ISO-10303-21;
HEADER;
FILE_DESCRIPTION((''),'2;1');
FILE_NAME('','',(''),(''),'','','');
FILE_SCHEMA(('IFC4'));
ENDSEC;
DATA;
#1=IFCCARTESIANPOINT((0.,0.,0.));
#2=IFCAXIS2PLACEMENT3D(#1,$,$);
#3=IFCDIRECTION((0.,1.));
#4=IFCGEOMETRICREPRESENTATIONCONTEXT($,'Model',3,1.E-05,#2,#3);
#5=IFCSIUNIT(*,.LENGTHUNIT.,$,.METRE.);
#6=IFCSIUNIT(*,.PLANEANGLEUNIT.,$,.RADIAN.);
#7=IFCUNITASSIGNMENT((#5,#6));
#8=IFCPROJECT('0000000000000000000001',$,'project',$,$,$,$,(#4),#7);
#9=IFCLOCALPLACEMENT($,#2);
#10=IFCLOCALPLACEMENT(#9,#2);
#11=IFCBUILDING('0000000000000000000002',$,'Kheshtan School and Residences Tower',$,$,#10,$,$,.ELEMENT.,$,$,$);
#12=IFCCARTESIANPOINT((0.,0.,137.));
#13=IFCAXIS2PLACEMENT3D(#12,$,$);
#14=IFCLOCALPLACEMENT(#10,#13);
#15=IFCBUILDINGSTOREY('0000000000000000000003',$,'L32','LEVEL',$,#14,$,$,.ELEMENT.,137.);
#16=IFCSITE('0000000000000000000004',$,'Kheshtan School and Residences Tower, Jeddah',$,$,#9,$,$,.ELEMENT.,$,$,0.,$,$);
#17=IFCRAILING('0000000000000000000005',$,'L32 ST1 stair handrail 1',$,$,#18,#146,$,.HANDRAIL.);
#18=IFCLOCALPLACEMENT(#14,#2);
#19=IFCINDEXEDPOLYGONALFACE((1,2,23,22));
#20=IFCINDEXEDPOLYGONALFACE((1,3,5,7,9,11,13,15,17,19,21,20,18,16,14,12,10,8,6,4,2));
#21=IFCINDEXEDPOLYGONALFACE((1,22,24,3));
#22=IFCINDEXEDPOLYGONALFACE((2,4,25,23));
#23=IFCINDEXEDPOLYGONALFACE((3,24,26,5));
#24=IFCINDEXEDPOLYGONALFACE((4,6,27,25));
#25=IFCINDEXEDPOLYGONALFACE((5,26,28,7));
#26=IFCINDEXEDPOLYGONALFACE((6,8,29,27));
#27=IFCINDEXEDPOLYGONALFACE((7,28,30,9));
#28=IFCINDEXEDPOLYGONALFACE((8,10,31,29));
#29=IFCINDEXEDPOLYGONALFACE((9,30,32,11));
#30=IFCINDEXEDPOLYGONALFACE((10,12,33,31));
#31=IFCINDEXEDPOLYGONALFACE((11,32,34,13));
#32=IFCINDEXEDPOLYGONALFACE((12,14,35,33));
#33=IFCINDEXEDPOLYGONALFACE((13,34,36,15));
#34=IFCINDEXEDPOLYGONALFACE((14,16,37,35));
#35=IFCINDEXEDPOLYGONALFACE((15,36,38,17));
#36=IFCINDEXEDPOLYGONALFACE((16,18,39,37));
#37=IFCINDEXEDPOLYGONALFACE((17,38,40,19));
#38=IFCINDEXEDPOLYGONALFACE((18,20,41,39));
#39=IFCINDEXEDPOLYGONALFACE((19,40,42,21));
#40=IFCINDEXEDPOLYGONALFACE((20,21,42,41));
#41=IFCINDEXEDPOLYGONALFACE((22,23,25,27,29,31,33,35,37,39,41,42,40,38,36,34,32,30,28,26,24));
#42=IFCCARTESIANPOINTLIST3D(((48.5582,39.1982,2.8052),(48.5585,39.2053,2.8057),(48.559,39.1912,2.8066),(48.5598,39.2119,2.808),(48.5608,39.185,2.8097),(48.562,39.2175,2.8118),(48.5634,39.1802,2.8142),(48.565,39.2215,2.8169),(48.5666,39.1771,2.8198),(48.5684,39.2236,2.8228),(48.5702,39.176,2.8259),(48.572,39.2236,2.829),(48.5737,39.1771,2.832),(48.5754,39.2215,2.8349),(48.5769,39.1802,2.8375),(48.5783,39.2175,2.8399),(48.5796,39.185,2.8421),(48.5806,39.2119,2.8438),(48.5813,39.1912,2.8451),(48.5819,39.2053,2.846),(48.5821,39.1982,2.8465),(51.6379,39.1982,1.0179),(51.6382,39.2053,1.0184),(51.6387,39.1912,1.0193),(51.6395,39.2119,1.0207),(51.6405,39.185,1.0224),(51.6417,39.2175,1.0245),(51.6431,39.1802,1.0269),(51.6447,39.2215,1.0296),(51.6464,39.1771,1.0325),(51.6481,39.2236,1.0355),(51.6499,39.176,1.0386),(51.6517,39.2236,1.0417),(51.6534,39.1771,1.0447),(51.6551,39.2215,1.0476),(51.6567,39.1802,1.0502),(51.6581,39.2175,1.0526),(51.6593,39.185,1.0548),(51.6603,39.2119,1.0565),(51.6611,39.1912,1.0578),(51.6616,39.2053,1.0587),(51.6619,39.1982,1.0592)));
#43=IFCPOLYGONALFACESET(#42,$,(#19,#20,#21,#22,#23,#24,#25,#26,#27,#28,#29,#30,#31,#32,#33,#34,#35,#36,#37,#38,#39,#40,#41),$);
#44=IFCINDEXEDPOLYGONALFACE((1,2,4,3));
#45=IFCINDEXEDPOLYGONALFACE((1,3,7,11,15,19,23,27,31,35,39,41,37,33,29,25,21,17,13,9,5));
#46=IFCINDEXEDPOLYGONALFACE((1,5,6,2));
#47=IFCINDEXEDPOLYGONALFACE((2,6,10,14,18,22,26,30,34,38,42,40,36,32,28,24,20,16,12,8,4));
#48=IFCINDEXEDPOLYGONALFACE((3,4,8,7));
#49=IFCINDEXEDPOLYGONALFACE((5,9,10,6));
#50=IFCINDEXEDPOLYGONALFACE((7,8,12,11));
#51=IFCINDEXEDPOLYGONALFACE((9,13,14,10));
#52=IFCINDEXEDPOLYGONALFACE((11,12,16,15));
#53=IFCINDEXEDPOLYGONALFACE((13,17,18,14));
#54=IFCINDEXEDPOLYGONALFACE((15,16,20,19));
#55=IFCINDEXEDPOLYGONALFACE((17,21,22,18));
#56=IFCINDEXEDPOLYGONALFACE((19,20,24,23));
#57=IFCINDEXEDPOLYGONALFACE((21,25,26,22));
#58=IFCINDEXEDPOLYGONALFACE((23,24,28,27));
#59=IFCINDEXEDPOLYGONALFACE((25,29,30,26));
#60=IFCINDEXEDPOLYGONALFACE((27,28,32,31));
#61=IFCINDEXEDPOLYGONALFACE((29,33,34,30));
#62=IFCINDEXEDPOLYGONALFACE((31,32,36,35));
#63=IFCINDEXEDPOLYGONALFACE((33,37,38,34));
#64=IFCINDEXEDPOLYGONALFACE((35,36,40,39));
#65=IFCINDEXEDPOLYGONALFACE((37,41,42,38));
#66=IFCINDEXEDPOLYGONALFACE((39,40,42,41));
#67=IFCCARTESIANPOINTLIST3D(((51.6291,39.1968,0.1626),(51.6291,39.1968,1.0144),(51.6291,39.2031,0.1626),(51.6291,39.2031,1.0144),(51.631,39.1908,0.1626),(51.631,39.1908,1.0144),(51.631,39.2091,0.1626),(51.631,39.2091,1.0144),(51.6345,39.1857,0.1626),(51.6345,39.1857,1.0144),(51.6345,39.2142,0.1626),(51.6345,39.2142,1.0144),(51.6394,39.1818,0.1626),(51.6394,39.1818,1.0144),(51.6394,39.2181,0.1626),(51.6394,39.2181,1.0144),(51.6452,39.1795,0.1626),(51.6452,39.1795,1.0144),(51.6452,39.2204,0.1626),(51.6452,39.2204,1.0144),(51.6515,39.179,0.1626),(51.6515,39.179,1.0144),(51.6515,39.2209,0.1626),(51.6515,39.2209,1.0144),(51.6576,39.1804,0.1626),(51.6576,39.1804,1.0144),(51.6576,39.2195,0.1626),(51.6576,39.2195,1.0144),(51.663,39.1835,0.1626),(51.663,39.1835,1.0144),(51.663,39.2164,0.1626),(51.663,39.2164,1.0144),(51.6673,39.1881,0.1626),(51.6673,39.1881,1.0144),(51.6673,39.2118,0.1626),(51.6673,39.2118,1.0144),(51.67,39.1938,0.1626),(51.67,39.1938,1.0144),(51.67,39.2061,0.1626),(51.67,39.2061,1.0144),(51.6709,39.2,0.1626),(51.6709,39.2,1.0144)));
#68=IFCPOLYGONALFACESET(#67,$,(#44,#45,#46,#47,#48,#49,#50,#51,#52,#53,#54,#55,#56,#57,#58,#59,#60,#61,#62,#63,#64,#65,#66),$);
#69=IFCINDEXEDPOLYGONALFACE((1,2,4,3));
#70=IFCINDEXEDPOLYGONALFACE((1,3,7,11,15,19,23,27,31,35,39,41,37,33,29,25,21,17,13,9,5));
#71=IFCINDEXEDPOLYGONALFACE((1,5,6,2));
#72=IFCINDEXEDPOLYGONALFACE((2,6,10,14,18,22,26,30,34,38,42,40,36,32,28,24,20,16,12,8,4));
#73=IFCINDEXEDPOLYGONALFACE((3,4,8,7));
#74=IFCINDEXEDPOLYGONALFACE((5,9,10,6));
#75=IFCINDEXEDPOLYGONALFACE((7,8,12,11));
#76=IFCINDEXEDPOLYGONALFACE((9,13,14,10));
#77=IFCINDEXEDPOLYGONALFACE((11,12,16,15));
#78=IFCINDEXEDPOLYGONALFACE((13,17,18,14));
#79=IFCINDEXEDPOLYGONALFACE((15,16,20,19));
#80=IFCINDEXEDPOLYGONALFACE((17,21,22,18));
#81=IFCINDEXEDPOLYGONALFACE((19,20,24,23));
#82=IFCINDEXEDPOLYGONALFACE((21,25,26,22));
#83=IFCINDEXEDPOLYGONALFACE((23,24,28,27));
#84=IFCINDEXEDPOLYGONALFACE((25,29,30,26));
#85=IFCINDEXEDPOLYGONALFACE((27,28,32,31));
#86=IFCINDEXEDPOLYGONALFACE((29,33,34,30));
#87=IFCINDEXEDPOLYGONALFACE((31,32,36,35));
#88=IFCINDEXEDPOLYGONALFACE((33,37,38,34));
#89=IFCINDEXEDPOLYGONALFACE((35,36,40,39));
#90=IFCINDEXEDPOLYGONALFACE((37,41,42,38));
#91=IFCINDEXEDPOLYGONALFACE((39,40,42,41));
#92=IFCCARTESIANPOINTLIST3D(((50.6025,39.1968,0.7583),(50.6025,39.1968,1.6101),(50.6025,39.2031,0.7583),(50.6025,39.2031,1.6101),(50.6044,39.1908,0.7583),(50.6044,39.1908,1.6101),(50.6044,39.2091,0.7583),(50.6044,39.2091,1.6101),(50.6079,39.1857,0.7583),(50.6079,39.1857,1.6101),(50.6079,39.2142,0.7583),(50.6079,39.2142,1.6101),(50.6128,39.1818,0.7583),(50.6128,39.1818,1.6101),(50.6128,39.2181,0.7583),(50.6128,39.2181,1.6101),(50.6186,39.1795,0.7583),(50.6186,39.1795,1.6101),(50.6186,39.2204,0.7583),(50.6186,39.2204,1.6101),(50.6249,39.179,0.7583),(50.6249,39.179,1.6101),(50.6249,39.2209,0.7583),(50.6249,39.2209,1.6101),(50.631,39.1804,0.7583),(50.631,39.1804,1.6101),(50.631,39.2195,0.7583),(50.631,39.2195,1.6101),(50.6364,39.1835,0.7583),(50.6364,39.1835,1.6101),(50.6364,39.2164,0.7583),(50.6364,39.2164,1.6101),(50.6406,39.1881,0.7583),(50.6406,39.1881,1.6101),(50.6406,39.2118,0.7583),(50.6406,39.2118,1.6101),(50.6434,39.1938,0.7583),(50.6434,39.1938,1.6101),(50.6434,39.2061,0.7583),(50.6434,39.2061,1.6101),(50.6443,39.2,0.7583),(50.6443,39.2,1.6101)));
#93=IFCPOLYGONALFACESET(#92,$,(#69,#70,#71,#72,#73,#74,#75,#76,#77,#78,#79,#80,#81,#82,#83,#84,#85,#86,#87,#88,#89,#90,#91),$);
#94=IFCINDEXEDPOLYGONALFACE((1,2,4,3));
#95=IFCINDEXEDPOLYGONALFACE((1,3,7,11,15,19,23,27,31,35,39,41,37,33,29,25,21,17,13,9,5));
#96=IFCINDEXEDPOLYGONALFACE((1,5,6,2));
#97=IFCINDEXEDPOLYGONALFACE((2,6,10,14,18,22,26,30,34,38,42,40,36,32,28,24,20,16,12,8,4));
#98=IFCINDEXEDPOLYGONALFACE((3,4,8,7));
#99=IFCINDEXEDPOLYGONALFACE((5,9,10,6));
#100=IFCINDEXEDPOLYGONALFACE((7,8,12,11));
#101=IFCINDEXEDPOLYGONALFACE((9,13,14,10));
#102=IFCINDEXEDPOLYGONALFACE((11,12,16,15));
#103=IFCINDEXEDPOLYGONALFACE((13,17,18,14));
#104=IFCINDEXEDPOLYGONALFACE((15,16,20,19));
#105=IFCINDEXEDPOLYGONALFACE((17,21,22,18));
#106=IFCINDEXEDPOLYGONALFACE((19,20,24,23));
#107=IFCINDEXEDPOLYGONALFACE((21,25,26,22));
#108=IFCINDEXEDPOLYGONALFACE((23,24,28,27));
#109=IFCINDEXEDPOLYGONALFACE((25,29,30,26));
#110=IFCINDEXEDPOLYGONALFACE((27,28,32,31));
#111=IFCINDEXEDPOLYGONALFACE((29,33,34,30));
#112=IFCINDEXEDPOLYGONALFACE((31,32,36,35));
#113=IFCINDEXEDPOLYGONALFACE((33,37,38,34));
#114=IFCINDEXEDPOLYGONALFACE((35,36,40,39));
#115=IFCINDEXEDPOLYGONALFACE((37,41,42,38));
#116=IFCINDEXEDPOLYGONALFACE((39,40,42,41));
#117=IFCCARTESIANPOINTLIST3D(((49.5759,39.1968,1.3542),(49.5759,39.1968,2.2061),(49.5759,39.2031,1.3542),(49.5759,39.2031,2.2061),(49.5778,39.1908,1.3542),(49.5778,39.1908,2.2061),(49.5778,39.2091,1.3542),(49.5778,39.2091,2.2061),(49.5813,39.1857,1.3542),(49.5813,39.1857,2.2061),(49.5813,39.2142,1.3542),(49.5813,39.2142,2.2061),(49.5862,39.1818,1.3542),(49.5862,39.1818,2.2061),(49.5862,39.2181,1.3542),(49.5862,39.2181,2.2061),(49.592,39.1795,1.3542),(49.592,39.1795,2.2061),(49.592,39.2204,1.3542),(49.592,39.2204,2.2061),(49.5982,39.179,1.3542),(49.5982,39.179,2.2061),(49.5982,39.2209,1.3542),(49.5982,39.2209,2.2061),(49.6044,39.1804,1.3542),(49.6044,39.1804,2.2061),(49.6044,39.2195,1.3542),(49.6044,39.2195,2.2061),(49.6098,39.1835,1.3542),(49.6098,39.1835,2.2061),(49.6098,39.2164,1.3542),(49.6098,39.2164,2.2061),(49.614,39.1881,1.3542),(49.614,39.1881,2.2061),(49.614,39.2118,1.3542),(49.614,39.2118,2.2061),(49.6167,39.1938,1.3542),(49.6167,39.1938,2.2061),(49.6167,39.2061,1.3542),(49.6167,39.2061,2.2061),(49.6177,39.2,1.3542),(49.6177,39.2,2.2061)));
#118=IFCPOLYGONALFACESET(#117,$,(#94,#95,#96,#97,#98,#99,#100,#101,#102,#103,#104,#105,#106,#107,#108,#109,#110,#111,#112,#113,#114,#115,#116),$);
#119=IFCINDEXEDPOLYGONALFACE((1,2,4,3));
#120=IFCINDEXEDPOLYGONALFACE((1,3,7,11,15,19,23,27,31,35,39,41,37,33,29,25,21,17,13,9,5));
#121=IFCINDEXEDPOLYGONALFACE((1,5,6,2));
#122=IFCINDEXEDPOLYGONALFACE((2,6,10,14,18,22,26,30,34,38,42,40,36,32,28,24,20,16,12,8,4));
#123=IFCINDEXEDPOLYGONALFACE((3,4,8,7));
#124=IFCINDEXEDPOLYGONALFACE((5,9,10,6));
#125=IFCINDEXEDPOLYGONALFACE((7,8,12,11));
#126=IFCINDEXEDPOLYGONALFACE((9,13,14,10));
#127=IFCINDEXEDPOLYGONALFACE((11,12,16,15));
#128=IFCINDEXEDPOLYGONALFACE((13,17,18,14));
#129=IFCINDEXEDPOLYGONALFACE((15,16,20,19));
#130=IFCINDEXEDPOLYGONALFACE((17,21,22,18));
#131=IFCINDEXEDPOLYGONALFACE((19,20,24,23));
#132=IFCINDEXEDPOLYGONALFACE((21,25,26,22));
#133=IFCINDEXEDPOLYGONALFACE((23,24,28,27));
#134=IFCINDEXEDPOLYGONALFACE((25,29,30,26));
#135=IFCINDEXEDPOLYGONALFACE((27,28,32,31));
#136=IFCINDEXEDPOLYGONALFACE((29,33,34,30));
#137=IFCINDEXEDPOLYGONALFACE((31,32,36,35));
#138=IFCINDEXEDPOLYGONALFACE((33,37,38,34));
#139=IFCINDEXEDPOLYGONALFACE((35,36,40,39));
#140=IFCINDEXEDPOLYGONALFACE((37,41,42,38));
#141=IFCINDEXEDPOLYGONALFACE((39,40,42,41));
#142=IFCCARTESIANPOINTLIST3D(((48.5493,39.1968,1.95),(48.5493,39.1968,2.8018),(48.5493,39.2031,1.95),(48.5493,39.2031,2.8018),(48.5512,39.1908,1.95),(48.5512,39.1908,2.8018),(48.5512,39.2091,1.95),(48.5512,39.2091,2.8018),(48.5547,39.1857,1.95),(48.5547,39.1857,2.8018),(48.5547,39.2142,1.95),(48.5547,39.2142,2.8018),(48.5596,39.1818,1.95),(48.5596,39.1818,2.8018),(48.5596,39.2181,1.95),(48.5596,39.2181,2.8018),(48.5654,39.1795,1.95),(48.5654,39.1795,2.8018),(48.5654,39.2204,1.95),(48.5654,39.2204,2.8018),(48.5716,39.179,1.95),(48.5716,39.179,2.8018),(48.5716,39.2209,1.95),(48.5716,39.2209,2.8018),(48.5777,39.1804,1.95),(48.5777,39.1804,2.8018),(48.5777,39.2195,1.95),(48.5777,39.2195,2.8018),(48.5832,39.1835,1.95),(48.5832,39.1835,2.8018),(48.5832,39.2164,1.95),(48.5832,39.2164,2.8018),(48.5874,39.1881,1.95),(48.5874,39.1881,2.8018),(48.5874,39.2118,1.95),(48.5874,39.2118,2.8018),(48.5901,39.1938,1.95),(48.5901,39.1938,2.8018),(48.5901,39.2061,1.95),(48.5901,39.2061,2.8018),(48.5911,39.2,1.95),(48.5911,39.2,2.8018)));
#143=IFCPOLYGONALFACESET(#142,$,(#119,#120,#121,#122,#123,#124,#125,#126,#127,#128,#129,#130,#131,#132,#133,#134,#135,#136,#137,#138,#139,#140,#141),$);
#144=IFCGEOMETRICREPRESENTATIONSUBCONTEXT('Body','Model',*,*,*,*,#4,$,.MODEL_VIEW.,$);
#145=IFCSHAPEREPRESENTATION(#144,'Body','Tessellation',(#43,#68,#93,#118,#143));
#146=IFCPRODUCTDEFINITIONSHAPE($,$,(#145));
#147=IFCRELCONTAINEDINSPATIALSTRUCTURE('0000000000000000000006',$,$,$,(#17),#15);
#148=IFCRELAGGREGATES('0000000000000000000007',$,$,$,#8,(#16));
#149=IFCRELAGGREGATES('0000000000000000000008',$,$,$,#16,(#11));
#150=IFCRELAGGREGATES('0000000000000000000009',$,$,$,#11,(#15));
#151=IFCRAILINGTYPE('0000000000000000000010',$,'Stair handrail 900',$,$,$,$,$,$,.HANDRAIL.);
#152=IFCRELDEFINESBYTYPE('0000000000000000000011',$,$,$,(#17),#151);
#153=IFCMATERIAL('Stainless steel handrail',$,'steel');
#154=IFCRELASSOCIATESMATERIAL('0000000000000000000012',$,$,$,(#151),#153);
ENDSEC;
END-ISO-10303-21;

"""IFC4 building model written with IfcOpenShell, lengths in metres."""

from ifc_helpers import new_model, si_unit, direction, frame, origin, origin_2d, place, context, subcontext, project, spatial, circle, extrude, material, type_object, element, save


model = new_model("IFC4")

# Units and contexts
model_context = context("Model", 3, precision=1e-05, world=origin(), true_north=direction((0.0, 1.0)))
body_context = subcontext(model_context, "Body", "Model", "MODEL_VIEW")
ifc_project = project(units=[si_unit("LENGTHUNIT", "METRE"), si_unit("PLANEANGLEUNIT", "RADIAN")], contexts=[model_context])

# Site, building, storey
site_placement = place(None, origin())
site = spatial("IfcSite", under=ifc_project, at=site_placement, Name="Kheshtan School and Residences Tower, Jeddah", CompositionType="ELEMENT", RefElevation=0.0)
building_placement = place(site_placement, origin())
building = spatial("IfcBuilding", under=site, at=building_placement, Name="Kheshtan School and Residences Tower", CompositionType="ELEMENT")
storey_placement = place(building_placement, frame((0.0, 0.0, 137.0)))
storey = spatial("IfcBuildingStorey", under=building, at=storey_placement, Name="L32", Description="LEVEL", CompositionType="ELEMENT", Elevation=137.0)

# Railing
ifc_material_1 = material(Name="Stainless steel handrail", Category="steel")
railing_type_1 = type_object("IfcRailingType", Name="Stair handrail 900", PredefinedType="HANDRAIL", material=ifc_material_1)
railing_1_placement = place(storey_placement, frame((51.6499, 39.2, 0.1626)))
element("IfcRailing", 1, at=railing_1_placement, inside=storey, type_object=railing_type_1, Name="L32 ST1 stair handrail 1", PredefinedType="HANDRAIL", context=body_context, shape_type="SweptSolid", body=[
    extrude(circle(Radius=0.0239, at=origin_2d()), frame((0.0, 0.0, 0.876), z_axis=(-0.864903, 0.0, 0.501939), x_axis=(0.0, -1.0, 0.0)), (0.0, 0.0, 1.0), 3.5608),
    extrude(circle(Radius=0.021, at=origin_2d()), origin(), (0.0, 0.0, 1.0), 0.8518),
    extrude(circle(Radius=0.021, at=origin_2d()), frame((-1.0266, 0.0, 0.5957)), (0.0, 0.0, 1.0), 0.8518),
    extrude(circle(Radius=0.021, at=origin_2d()), frame((-2.0532, 0.0, 1.1917)), (0.0, 0.0, 1.0), 0.8518),
    extrude(circle(Radius=0.021, at=origin_2d()), frame((-3.0798, 0.0, 1.7874)), (0.0, 0.0, 1.0), 0.8518),
])

save(model, "model.ifc")
